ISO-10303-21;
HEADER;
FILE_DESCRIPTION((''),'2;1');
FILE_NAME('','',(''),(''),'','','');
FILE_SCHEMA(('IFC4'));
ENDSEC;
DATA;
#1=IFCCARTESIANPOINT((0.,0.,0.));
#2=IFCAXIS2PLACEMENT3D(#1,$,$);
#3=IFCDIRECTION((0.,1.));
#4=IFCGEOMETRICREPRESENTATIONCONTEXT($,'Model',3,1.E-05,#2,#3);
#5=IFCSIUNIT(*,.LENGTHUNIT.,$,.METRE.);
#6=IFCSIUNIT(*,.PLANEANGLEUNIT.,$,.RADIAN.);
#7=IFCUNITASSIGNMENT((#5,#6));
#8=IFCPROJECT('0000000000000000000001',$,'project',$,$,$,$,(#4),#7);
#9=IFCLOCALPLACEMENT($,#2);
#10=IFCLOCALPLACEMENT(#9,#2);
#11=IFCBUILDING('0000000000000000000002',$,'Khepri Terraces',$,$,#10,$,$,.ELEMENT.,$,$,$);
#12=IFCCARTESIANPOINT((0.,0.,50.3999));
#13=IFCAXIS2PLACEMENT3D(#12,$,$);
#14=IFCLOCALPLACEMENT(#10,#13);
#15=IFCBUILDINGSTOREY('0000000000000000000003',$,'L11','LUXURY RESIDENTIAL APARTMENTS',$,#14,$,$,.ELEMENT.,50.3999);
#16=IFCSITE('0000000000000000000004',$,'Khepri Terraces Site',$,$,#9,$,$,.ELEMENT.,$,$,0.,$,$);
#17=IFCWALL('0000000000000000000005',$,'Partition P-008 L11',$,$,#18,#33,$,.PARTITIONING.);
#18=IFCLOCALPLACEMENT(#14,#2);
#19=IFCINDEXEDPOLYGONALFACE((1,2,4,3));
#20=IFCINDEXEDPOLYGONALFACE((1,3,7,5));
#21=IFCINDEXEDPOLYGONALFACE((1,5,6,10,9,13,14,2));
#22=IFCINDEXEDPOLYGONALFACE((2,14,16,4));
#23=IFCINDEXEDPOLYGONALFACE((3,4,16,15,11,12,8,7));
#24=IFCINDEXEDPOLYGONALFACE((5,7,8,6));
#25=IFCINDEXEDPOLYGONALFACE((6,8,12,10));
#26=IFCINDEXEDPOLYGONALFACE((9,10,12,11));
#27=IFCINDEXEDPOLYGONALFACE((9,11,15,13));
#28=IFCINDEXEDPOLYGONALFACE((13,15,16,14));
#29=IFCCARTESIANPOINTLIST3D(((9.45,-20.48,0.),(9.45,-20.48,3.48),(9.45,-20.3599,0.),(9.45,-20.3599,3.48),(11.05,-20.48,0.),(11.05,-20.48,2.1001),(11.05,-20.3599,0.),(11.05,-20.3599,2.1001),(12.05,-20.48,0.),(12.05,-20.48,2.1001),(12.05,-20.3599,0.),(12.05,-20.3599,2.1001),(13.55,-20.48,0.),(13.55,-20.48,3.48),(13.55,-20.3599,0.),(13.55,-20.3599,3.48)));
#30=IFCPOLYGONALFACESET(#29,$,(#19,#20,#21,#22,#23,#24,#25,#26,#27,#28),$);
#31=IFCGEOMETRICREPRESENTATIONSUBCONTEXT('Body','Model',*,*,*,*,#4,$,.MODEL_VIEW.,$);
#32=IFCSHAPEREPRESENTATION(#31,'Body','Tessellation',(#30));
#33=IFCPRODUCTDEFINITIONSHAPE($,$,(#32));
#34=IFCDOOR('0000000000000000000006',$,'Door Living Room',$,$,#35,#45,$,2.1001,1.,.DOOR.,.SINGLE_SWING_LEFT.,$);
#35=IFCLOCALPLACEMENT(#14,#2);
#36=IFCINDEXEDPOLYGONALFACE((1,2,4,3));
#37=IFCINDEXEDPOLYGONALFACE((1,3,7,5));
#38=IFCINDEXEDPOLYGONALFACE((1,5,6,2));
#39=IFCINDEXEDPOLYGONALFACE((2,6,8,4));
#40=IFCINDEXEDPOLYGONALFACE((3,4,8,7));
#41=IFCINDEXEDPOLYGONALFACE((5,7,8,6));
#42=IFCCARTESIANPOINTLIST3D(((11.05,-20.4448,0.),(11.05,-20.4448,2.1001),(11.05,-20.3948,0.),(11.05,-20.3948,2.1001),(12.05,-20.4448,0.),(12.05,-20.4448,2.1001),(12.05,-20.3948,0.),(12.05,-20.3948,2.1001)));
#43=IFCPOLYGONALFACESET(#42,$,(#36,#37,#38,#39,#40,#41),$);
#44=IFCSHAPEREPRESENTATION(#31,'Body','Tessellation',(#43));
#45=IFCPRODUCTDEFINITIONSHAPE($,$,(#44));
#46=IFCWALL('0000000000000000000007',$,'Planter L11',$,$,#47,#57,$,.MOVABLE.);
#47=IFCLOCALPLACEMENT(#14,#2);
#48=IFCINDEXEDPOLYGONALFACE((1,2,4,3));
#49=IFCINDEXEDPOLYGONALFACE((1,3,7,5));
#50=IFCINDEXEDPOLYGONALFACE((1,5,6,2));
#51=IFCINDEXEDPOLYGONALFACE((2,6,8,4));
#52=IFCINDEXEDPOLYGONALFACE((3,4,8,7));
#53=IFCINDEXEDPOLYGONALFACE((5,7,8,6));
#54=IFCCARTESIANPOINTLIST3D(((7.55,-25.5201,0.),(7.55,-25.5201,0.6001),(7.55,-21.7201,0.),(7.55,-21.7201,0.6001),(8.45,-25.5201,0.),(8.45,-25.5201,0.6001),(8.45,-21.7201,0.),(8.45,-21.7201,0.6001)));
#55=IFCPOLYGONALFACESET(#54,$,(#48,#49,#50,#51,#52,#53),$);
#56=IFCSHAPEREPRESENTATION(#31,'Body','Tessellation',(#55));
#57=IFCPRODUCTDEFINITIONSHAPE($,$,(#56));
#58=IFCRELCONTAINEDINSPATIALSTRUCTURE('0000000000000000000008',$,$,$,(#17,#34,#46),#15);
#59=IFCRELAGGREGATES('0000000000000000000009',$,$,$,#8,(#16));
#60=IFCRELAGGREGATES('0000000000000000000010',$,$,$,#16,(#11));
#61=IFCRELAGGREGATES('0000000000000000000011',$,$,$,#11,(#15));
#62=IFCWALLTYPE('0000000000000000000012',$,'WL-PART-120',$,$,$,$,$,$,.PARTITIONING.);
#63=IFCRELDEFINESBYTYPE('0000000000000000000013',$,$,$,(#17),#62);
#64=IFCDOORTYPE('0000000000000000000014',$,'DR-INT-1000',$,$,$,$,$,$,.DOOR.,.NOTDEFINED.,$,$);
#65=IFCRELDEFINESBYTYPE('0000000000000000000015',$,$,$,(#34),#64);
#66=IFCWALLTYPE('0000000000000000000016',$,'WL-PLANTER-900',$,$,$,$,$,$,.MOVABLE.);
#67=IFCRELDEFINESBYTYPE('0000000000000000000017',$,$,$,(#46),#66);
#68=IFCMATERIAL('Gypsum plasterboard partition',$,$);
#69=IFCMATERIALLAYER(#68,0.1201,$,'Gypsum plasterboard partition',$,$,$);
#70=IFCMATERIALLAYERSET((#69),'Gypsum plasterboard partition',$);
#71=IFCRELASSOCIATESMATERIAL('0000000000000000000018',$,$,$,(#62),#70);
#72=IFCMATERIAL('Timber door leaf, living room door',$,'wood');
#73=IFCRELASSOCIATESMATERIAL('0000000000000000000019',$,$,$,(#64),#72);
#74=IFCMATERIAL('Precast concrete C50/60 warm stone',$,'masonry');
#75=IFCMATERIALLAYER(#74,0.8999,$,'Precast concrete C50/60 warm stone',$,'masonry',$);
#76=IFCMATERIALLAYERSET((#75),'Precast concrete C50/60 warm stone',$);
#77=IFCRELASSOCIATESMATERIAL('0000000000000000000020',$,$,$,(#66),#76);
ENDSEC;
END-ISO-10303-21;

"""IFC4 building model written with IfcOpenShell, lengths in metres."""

from ifc_helpers import new_model, si_unit, direction, frame, frame_2d, origin, place, context, subcontext, project, spatial, rectangle, extrude, material, layer, layer_set, type_object, element, fill, save


model = new_model("IFC4")

# Units and contexts
model_context = context("Model", 3, precision=1e-05, world=origin(), true_north=direction((0.0, 1.0)))
body_context = subcontext(model_context, "Body", "Model", "MODEL_VIEW")
ifc_project = project(units=[si_unit("LENGTHUNIT", "METRE"), si_unit("PLANEANGLEUNIT", "RADIAN")], contexts=[model_context])

# Site, building, storey
site_placement = place(None, origin())
site = spatial("IfcSite", under=ifc_project, at=site_placement, Name="Khepri Terraces Site", CompositionType="ELEMENT", RefElevation=0.0)
building_placement = place(site_placement, origin())
building = spatial("IfcBuilding", under=site, at=building_placement, Name="Khepri Terraces", CompositionType="ELEMENT")
storey_placement = place(building_placement, frame((0.0, 0.0, 50.3999)))
storey = spatial("IfcBuildingStorey", under=building, at=storey_placement, Name="L11", Description="LUXURY RESIDENTIAL APARTMENTS", CompositionType="ELEMENT", Elevation=50.3999)

# Shared definitions
ifc_material_1 = material(Name="Precast concrete C50/60 warm stone", Category="masonry")

# Wall, opening, door
ifc_material_2 = material(Name="Gypsum plasterboard partition")
ifc_layer_1 = layer(ifc_material_2, 0.1201, Name="Gypsum plasterboard partition")
ifc_layer_set_1 = layer_set([ifc_layer_1], Name="Gypsum plasterboard partition")
wall_type_1 = type_object("IfcWallType", Name="WL-PART-120", PredefinedType="PARTITIONING", material=ifc_layer_set_1)
wall_1_placement = place(storey_placement, frame((9.45, -20.4199, 0.0), z_axis=(0.0, 0.0, 1.0), x_axis=(1.0, 0.0, 0.0)))
wall_1 = element("IfcWall", 1, at=wall_1_placement, inside=storey, type_object=wall_type_1, Name="Partition P-008 L11", PredefinedType="PARTITIONING", context=body_context, shape_type="SweptSolid", body=[
    extrude(rectangle(XDim=4.1001, YDim=0.1201, at=frame_2d((2.05, 0.0))), origin(), (0.0, 0.0, 1.0), 3.48),
])
opening_1_placement = place(wall_1_placement, frame((1.6001, 0.0, 0.0)))
opening_1 = element("IfcOpeningElement", 2, at=opening_1_placement, cuts=wall_1, PredefinedType="OPENING", context=body_context, shape_type="SweptSolid", body=[
    extrude(rectangle(XDim=1.0, YDim=2.1001, at=frame_2d((0.5, 1.05))), frame((0.0, 0.0701, 0.0), z_axis=(0.0, -1.0, 0.0), x_axis=(1.0, 0.0, 0.0)), (0.0, 0.0, 1.0), 0.1401),
])
ifc_material_3 = material(Name="Timber door leaf, living room door", Category="wood")
door_type_1 = type_object("IfcDoorType", Name="DR-INT-1000", OperationType="NOTDEFINED", PredefinedType="DOOR", material=ifc_material_3)
door_1_placement = place(opening_1_placement, frame((1.0, 0.0, 0.0), z_axis=(0.0, 0.0, 1.0), x_axis=(-1.0, 0.0, 0.0)))
door_1 = element("IfcDoor", 3, at=door_1_placement, inside=storey, type_object=door_type_1, Name="Door Living Room", OperationType="SINGLE_SWING_LEFT", OverallHeight=2.1001, OverallWidth=1.0, PredefinedType="DOOR", context=body_context, shape_type="SweptSolid", body=[
    extrude(rectangle(XDim=1.0, YDim=2.1001, at=frame_2d((0.5, 1.05))), frame((0.0, 0.0249, 0.0), z_axis=(0.0, -1.0, 0.0), x_axis=(1.0, 0.0, 0.0)), (0.0, 0.0, 1.0), 0.05),
])
fill(opening_1, door_1)

# Wall
ifc_layer_2 = layer(ifc_material_1, 0.8999, Name="Precast concrete C50/60 warm stone", Category="masonry")
ifc_layer_set_2 = layer_set([ifc_layer_2], Name="Precast concrete C50/60 warm stone")
wall_type_2 = type_object("IfcWallType", Name="WL-PLANTER-900", PredefinedType="MOVABLE", material=ifc_layer_set_2)
wall_2_placement = place(storey_placement, frame((8.0, -25.52, 0.0), z_axis=(0.0, 0.0, 1.0), x_axis=(0.0, 1.0, 0.0)))
element("IfcWall", 4, at=wall_2_placement, inside=storey, type_object=wall_type_2, Name="Planter L11", PredefinedType="MOVABLE", context=body_context, shape_type="SweptSolid", body=[
    extrude(rectangle(XDim=3.8, YDim=0.8999, at=frame_2d((1.8999, 0.0))), origin(), (0.0, 0.0, 1.0), 0.6001),
])

save(model, "model.ifc")
